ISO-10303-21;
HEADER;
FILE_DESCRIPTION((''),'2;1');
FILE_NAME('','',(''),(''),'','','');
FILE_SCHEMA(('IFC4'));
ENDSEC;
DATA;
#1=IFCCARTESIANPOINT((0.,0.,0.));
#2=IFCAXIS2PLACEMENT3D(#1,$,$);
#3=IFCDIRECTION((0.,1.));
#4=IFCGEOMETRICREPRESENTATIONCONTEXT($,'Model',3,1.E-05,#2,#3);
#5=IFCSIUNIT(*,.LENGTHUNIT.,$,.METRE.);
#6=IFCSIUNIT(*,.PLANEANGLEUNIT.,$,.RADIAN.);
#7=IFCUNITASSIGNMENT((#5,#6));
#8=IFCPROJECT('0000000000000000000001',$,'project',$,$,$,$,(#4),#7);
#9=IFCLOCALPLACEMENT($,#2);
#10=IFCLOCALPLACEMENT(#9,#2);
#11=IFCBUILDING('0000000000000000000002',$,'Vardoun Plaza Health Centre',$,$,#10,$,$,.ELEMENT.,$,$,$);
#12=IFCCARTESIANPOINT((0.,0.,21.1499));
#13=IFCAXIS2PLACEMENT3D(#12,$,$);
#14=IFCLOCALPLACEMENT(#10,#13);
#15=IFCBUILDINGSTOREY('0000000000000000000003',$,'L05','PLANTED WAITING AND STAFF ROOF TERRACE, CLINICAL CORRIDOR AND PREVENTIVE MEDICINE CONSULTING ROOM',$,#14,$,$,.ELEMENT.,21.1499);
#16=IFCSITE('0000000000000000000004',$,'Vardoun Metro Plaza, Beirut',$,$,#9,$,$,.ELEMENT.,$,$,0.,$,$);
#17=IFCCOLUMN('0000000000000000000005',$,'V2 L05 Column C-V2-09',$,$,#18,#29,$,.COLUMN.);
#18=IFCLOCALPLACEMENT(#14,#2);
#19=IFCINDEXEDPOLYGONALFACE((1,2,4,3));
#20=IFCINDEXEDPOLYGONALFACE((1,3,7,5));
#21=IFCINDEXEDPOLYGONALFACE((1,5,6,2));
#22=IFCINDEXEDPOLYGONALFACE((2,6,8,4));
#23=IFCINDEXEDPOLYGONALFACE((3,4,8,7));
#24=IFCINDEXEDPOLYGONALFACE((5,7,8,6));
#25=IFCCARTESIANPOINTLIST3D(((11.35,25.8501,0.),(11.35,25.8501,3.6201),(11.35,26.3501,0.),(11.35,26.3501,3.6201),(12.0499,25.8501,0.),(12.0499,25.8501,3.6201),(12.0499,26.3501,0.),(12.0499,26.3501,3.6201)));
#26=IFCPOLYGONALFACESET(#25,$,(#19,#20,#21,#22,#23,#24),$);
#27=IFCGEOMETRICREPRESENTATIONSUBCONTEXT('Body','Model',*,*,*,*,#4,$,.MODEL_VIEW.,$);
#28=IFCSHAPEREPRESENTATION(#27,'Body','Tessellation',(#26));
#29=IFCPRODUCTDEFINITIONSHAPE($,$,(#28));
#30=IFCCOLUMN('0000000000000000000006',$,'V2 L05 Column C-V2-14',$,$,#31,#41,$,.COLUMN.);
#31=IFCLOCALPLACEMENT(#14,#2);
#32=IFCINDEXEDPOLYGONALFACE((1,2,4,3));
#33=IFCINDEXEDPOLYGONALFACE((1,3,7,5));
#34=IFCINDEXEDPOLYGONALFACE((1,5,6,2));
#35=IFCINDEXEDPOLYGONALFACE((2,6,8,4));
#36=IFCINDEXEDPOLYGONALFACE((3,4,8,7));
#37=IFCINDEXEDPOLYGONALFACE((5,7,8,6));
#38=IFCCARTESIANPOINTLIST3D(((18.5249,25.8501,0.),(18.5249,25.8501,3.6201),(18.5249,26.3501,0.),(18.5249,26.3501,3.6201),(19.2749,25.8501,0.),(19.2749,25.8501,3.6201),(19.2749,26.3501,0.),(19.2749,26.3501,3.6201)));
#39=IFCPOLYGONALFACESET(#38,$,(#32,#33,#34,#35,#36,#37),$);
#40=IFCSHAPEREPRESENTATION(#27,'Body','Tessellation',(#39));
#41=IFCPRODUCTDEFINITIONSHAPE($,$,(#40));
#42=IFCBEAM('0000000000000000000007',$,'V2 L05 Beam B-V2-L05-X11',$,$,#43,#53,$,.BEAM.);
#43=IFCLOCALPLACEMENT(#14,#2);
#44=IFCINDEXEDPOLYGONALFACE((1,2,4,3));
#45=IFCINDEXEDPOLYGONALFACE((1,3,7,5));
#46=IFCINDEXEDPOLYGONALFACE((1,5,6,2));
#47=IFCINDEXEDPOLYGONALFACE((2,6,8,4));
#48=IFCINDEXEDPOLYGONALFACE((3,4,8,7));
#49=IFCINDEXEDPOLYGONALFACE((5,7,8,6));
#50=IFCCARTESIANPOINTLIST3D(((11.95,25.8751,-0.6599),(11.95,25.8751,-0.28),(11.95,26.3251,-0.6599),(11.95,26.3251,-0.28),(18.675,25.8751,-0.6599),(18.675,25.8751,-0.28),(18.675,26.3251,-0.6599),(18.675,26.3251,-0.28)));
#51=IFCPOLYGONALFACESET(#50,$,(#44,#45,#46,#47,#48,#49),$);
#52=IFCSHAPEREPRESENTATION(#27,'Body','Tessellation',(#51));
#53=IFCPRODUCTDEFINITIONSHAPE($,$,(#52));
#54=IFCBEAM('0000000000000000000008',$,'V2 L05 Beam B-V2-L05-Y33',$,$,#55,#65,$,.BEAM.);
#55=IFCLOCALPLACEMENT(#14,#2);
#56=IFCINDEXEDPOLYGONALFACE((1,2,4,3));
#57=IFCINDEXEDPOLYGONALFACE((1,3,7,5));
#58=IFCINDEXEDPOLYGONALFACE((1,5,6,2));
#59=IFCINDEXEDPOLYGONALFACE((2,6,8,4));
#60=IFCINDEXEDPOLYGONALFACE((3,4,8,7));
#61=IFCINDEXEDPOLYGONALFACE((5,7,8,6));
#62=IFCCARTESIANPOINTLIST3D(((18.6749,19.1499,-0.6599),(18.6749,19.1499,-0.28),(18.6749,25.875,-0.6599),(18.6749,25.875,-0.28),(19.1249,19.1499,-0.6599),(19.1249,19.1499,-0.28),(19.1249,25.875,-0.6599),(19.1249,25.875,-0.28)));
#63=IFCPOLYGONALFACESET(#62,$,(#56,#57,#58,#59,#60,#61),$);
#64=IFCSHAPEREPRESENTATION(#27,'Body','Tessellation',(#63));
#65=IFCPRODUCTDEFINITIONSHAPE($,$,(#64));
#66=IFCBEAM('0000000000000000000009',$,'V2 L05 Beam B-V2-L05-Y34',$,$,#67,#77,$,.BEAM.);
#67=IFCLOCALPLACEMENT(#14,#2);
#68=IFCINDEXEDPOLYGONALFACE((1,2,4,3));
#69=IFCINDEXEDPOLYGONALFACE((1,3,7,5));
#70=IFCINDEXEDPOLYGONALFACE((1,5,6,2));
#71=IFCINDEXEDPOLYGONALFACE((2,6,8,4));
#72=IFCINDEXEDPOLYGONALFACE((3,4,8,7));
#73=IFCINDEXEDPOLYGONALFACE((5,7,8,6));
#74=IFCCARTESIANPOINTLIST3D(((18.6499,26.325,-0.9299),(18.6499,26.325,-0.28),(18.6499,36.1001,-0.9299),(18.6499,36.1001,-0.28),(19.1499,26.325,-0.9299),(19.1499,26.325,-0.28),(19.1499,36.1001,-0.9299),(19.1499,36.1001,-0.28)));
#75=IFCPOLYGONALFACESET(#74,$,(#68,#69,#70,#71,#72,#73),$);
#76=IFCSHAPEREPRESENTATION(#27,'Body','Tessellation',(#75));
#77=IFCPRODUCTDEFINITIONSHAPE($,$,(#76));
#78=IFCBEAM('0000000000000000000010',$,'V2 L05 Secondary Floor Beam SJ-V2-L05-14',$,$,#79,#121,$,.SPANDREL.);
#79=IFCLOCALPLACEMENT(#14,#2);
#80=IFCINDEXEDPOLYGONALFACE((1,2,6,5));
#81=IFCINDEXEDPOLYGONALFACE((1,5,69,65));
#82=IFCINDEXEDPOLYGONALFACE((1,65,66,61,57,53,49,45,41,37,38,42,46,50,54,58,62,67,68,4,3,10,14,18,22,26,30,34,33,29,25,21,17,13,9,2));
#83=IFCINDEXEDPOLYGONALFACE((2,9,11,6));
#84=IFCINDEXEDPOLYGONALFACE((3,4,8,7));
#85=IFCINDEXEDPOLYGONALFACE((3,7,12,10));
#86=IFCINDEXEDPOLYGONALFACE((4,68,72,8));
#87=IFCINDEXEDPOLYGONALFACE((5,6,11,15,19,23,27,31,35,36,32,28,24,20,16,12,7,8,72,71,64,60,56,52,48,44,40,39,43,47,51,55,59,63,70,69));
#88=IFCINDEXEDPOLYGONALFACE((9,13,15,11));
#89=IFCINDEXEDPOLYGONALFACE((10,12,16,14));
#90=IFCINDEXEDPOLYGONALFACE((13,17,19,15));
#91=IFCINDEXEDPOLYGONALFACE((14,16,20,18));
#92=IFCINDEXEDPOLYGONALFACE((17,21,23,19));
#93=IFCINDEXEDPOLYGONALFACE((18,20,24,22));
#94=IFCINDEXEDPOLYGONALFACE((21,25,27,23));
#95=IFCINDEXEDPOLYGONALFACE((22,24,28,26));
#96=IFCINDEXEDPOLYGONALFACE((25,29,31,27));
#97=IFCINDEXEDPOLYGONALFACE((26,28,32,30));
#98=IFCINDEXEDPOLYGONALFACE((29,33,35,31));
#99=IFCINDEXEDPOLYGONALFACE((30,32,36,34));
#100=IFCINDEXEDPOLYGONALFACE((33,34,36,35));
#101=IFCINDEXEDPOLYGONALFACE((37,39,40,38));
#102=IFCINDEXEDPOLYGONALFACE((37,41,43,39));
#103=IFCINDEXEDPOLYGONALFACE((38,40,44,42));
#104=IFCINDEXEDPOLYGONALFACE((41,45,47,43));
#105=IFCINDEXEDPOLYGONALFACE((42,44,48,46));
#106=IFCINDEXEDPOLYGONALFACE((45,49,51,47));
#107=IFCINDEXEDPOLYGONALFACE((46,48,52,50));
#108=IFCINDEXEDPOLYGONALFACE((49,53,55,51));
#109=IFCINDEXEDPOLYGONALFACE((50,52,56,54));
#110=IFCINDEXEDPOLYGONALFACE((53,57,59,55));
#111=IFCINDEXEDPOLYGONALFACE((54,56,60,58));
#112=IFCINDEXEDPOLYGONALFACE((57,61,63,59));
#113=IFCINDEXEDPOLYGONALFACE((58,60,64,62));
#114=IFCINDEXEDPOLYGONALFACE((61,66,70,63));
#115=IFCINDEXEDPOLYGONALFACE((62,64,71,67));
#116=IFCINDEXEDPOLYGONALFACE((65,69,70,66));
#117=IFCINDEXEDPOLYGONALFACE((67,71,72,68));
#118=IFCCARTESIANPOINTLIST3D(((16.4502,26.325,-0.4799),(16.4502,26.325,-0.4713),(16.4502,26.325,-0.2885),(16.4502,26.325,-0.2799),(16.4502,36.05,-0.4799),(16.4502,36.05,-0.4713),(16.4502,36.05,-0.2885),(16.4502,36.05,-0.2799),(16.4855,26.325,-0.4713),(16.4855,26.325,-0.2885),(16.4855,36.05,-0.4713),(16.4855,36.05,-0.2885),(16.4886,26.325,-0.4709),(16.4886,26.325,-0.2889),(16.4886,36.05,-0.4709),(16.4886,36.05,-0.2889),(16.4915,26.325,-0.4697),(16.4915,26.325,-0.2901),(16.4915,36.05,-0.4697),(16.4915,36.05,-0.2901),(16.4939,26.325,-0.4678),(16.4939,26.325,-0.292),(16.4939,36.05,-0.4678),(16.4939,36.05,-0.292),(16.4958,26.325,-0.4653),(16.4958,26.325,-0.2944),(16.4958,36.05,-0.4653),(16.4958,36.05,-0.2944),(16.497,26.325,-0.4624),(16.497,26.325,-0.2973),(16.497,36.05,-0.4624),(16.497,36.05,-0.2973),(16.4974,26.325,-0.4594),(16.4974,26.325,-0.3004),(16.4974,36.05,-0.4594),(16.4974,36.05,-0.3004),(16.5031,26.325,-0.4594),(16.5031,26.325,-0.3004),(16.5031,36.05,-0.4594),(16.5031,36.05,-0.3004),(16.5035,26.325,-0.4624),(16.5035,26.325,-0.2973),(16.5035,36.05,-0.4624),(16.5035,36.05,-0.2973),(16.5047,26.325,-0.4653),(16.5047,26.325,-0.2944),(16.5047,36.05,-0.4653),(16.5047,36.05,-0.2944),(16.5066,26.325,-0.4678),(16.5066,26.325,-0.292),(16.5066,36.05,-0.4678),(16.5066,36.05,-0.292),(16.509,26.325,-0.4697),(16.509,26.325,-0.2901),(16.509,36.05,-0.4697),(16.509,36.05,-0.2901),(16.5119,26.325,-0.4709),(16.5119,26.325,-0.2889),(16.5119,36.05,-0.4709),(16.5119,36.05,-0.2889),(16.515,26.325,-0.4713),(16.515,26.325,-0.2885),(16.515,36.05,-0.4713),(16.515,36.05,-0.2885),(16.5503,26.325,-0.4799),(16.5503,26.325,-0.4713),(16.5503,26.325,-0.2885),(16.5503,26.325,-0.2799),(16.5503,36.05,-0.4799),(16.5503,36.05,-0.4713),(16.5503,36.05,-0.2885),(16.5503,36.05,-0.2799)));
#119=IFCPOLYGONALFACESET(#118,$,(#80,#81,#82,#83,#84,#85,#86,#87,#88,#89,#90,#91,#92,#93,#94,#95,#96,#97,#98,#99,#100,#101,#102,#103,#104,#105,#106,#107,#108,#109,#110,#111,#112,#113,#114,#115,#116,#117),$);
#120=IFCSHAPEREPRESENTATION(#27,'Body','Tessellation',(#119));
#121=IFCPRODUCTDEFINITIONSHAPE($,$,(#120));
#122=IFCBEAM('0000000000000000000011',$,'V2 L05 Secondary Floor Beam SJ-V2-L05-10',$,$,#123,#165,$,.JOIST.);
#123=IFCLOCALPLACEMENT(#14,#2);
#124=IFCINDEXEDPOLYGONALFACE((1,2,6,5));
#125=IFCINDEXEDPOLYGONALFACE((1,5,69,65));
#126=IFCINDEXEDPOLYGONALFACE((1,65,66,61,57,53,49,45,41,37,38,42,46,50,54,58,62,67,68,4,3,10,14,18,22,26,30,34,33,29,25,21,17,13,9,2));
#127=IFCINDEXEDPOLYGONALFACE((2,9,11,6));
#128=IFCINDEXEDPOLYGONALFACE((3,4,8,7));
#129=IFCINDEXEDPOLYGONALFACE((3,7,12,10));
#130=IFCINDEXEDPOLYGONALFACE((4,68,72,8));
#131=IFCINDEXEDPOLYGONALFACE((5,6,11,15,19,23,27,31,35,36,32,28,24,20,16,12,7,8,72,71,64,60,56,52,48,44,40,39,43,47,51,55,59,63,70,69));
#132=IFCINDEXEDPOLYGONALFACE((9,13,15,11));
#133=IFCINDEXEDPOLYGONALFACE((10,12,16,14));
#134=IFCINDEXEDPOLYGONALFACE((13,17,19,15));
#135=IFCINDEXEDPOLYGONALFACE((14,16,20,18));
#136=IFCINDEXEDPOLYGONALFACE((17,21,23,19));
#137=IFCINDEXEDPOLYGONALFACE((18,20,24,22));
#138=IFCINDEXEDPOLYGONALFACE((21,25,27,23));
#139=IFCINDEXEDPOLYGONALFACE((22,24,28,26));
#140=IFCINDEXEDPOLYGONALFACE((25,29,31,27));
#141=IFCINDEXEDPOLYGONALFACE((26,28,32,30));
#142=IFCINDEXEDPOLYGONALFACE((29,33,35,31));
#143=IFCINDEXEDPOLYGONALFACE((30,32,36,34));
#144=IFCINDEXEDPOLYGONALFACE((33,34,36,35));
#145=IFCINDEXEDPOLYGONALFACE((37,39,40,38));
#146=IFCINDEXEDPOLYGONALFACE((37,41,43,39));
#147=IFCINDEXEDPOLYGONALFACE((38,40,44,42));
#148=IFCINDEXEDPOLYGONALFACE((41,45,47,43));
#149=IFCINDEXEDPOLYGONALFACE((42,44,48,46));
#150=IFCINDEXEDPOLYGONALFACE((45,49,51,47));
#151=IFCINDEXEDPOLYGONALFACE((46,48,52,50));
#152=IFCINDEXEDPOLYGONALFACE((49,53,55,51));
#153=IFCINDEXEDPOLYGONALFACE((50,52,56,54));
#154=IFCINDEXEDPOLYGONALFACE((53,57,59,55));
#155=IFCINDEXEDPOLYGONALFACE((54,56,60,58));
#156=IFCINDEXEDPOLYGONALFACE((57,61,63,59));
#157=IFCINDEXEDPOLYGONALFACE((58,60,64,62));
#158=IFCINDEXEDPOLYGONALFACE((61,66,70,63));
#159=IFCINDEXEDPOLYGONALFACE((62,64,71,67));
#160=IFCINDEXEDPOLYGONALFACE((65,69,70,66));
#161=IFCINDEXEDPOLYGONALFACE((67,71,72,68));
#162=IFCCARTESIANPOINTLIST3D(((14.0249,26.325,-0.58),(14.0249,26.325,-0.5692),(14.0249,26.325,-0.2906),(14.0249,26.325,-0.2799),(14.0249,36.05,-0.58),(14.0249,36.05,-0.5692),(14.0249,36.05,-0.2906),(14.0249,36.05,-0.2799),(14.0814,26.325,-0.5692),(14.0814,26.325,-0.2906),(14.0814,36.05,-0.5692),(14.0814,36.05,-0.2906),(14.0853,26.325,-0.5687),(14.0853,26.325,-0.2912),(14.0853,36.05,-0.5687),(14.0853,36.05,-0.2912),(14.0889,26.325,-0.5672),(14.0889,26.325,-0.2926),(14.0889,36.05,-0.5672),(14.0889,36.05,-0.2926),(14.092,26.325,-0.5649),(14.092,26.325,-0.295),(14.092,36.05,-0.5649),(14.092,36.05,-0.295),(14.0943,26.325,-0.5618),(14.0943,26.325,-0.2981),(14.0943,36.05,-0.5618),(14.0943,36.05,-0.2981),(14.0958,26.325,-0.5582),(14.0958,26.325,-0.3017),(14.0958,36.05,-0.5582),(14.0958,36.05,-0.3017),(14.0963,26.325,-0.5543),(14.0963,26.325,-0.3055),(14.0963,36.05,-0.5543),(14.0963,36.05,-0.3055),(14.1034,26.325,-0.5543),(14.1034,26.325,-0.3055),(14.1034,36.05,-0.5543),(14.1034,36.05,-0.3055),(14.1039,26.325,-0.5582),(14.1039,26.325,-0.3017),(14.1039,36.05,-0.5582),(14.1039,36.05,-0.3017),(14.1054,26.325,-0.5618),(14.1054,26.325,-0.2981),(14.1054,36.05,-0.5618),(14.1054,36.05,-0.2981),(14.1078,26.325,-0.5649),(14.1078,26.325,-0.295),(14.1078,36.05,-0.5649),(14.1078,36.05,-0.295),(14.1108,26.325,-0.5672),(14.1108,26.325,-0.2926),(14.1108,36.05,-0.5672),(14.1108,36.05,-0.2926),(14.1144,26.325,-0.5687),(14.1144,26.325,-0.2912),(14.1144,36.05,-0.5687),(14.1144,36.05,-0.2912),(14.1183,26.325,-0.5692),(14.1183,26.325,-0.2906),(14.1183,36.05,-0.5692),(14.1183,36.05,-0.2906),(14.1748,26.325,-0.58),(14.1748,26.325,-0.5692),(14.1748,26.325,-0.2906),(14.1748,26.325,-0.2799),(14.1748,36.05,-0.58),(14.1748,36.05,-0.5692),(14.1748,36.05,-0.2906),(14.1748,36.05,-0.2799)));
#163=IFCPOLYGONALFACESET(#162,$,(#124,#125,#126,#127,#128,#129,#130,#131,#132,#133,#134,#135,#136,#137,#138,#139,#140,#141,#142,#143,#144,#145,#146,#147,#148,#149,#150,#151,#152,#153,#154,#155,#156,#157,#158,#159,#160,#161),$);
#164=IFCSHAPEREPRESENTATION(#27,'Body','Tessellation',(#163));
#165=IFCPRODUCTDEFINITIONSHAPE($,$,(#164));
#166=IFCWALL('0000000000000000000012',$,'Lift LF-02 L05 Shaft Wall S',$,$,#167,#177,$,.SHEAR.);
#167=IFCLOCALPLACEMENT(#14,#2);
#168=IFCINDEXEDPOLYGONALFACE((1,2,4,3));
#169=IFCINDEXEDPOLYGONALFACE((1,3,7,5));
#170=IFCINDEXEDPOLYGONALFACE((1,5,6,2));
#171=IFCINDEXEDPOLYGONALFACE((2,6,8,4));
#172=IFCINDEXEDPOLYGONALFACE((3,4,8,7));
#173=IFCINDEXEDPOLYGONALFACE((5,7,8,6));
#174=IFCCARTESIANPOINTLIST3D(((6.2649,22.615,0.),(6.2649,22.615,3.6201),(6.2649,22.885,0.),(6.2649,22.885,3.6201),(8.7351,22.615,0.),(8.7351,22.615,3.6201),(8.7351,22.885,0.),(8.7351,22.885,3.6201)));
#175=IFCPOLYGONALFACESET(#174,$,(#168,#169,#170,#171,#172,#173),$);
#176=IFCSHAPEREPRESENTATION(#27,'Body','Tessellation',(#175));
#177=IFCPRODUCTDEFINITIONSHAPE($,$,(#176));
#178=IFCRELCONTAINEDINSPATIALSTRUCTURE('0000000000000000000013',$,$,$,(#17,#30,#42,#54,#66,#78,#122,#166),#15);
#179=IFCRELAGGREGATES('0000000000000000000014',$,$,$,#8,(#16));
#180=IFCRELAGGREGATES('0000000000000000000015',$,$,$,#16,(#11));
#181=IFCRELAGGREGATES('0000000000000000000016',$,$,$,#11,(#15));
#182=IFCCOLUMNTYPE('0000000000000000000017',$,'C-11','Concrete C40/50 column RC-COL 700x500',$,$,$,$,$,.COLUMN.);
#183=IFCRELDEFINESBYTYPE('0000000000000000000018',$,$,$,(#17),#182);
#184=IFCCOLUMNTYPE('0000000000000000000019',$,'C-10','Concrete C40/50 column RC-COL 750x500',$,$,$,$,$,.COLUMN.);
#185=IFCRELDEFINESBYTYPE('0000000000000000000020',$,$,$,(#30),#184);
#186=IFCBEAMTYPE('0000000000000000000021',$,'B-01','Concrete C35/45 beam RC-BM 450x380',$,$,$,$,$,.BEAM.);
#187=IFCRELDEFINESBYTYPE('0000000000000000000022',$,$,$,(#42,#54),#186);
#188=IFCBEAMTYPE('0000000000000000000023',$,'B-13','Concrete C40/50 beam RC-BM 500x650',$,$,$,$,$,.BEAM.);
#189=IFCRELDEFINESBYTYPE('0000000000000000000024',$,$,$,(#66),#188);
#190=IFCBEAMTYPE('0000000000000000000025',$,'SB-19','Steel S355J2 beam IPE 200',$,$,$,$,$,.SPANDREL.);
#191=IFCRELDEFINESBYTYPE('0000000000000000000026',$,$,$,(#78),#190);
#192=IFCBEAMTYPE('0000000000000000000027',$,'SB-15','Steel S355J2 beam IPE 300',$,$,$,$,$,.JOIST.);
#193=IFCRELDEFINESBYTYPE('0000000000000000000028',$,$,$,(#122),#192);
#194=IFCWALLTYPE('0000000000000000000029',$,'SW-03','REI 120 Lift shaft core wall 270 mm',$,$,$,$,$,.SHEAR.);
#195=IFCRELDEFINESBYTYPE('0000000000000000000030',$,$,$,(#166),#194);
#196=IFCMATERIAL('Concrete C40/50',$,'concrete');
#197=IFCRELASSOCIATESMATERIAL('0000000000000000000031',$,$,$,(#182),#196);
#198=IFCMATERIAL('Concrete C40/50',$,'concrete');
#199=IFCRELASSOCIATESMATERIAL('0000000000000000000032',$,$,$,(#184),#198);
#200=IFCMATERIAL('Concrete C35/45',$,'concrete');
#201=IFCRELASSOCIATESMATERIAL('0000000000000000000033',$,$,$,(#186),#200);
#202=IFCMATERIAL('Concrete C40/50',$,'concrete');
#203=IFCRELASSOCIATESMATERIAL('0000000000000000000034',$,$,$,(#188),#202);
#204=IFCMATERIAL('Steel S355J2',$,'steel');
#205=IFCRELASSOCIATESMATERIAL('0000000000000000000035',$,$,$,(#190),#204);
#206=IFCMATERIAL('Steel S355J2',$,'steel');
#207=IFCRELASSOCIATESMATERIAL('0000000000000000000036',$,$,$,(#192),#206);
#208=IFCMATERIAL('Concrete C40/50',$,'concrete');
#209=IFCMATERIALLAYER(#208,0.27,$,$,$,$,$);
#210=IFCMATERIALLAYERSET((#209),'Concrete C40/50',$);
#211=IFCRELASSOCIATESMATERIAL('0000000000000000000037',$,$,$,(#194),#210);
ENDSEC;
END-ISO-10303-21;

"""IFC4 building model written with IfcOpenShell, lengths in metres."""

from ifc_helpers import new_model, si_unit, direction, frame, frame_2d, origin, origin_2d, place, context, subcontext, project, spatial, rectangle, i_section, extrude, material, layer, layer_set, material_profile, profile_set, type_object, element, save


model = new_model("IFC4")

# Units and contexts
model_context = context("Model", 3, precision=1e-05, world=origin(), true_north=direction((0.0, 1.0)))
body_context = subcontext(model_context, "Body", "Model", "MODEL_VIEW")
ifc_project = project(units=[si_unit("LENGTHUNIT", "METRE"), si_unit("PLANEANGLEUNIT", "RADIAN")], contexts=[model_context])

# Site, building, storey
site_placement = place(None, origin())
site = spatial("IfcSite", under=ifc_project, at=site_placement, Name="Vardoun Metro Plaza, Beirut", CompositionType="ELEMENT", RefElevation=0.0)
building_placement = place(site_placement, origin())
building = spatial("IfcBuilding", under=site, at=building_placement, Name="Vardoun Plaza Health Centre", CompositionType="ELEMENT")
storey_placement = place(building_placement, frame((0.0, 0.0, 21.1499)))
storey = spatial("IfcBuildingStorey", under=building, at=storey_placement, Name="L05", Description="PLANTED WAITING AND STAFF ROOF TERRACE, CLINICAL CORRIDOR AND PREVENTIVE MEDICINE CONSULTING ROOM", CompositionType="ELEMENT", Elevation=21.1499)

# Columns
ifc_material_1 = material(Name="Concrete C40/50", Category="concrete")
ifc_material_profile_1 = material_profile(ifc_material_1, rectangle(XDim=0.7, YDim=0.5, at=origin_2d()), Name="RC-COL 700x500")
ifc_profile_set_1 = profile_set([ifc_material_profile_1], Name="Concrete C40/50")
column_type_1 = type_object("IfcColumnType", Name="C-11", Description="Concrete C40/50 column RC-COL 700x500", PredefinedType="COLUMN", material=ifc_profile_set_1)
column_1_placement = place(storey_placement, frame((11.7, 26.1001, 0.0), z_axis=(0.0, 0.0, 1.0), x_axis=(1.0, 0.0, 0.0)))
element("IfcColumn", 1, at=column_1_placement, inside=storey, type_object=column_type_1, Name="V2 L05 Column C-V2-09", PredefinedType="COLUMN", context=body_context, shape_type="SweptSolid", body=[
    extrude(rectangle(XDim=0.7, YDim=0.5, at=origin_2d()), origin(), (0.0, 0.0, 1.0), 3.6201),
])
ifc_material_2 = material(Name="Concrete C40/50", Category="concrete")
ifc_material_profile_2 = material_profile(ifc_material_2, rectangle(XDim=0.75, YDim=0.5, at=origin_2d()), Name="RC-COL 750x500")
ifc_profile_set_2 = profile_set([ifc_material_profile_2], Name="Concrete C40/50")
column_type_2 = type_object("IfcColumnType", Name="C-10", Description="Concrete C40/50 column RC-COL 750x500", PredefinedType="COLUMN", material=ifc_profile_set_2)
column_2_placement = place(storey_placement, frame((18.8999, 26.1001, 0.0), z_axis=(0.0, 0.0, 1.0), x_axis=(1.0, 0.0, 0.0)))
element("IfcColumn", 2, at=column_2_placement, inside=storey, type_object=column_type_2, Name="V2 L05 Column C-V2-14", PredefinedType="COLUMN", context=body_context, shape_type="SweptSolid", body=[
    extrude(rectangle(XDim=0.75, YDim=0.5, at=origin_2d()), origin(), (0.0, 0.0, 1.0), 3.6201),
])

# Beams
ifc_material_3 = material(Name="Concrete C35/45", Category="concrete")
ifc_material_profile_3 = material_profile(ifc_material_3, rectangle(XDim=0.45, YDim=0.3799, at=origin_2d()), Name="RC-BM 450x380")
ifc_profile_set_3 = profile_set([ifc_material_profile_3], Name="Concrete C35/45")
beam_type_1 = type_object("IfcBeamType", Name="B-01", Description="Concrete C35/45 beam RC-BM 450x380", PredefinedType="BEAM", material=ifc_profile_set_3)
for number, where, z_axis, x_axis, name in (
    (3, (11.95, 26.1001, -0.47), (1.0, 0.0, 0.0), (0.0, 1.0, 0.0), "V2 L05 Beam B-V2-L05-X11"),
    (4, (18.8999, 19.1499, -0.47), (0.0, 1.0, 0.0), (-1.0, 0.0, 0.0), "V2 L05 Beam B-V2-L05-Y33"),
):
    element("IfcBeam", number, at=place(storey_placement, frame(where, z_axis=z_axis, x_axis=x_axis)), inside=storey, type_object=beam_type_1, Name=name, PredefinedType="BEAM", context=body_context, shape_type="SweptSolid", body=[
        extrude(rectangle(XDim=0.45, YDim=0.3799, at=origin_2d()), origin(), (0.0, 0.0, 1.0), 6.7251),
    ])
ifc_material_4 = material(Name="Concrete C40/50", Category="concrete")
ifc_material_profile_4 = material_profile(ifc_material_4, rectangle(XDim=0.5, YDim=0.6499, at=origin_2d()), Name="RC-BM 500x650")
ifc_profile_set_4 = profile_set([ifc_material_profile_4], Name="Concrete C40/50")
beam_type_2 = type_object("IfcBeamType", Name="B-13", Description="Concrete C40/50 beam RC-BM 500x650", PredefinedType="BEAM", material=ifc_profile_set_4)
beam_1_placement = place(storey_placement, frame((18.8999, 26.325, -0.605), z_axis=(0.0, 1.0, 0.0), x_axis=(-1.0, 0.0, 0.0)))
element("IfcBeam", 5, at=beam_1_placement, inside=storey, type_object=beam_type_2, Name="V2 L05 Beam B-V2-L05-Y34", PredefinedType="BEAM", context=body_context, shape_type="SweptSolid", body=[
    extrude(rectangle(XDim=0.5, YDim=0.6499, at=origin_2d()), origin(), (0.0, 0.0, 1.0), 9.7751),
])
ifc_material_5 = material(Name="Steel S355J2", Category="steel")
ifc_material_profile_5 = material_profile(ifc_material_5, i_section(OverallWidth=0.1001, OverallDepth=0.2, WebThickness=0.0056, FlangeThickness=0.0085, FilletRadius=0.012, at=origin_2d()), Name="IPE 200")
ifc_profile_set_5 = profile_set([ifc_material_profile_5], Name="Steel S355J2")
beam_type_3 = type_object("IfcBeamType", Name="SB-19", Description="Steel S355J2 beam IPE 200", PredefinedType="SPANDREL", material=ifc_profile_set_5)
beam_2_placement = place(storey_placement, frame((16.5002, 26.325, -0.3799), z_axis=(0.0, 1.0, 0.0), x_axis=(-1.0, 0.0, 0.0)))
element("IfcBeam", 6, at=beam_2_placement, inside=storey, type_object=beam_type_3, Name="V2 L05 Secondary Floor Beam SJ-V2-L05-14", PredefinedType="SPANDREL", context=body_context, shape_type="SweptSolid", body=[
    extrude(i_section(OverallWidth=0.1001, OverallDepth=0.2, WebThickness=0.0056, FlangeThickness=0.0085, FilletRadius=0.012, at=origin_2d()), origin(), (0.0, 0.0, 1.0), 9.7251),
])
ifc_material_6 = material(Name="Steel S355J2", Category="steel")
ifc_material_profile_6 = material_profile(ifc_material_6, i_section(OverallWidth=0.1499, OverallDepth=0.3, WebThickness=0.0071, FlangeThickness=0.0107, FilletRadius=0.0149, at=origin_2d()), Name="IPE 300")
ifc_profile_set_6 = profile_set([ifc_material_profile_6], Name="Steel S355J2")
beam_type_4 = type_object("IfcBeamType", Name="SB-15", Description="Steel S355J2 beam IPE 300", PredefinedType="JOIST", material=ifc_profile_set_6)
beam_3_placement = place(storey_placement, frame((14.0999, 26.325, -0.4299), z_axis=(0.0, 1.0, 0.0), x_axis=(-1.0, 0.0, 0.0)))
element("IfcBeam", 7, at=beam_3_placement, inside=storey, type_object=beam_type_4, Name="V2 L05 Secondary Floor Beam SJ-V2-L05-10", PredefinedType="JOIST", context=body_context, shape_type="SweptSolid", body=[
    extrude(i_section(OverallWidth=0.1499, OverallDepth=0.3, WebThickness=0.0071, FlangeThickness=0.0107, FilletRadius=0.0149, at=origin_2d()), origin(), (0.0, 0.0, 1.0), 9.7251),
])

# Wall
ifc_material_7 = material(Name="Concrete C40/50", Category="concrete")
ifc_layer_1 = layer(ifc_material_7, 0.27)
ifc_layer_set_1 = layer_set([ifc_layer_1], Name="Concrete C40/50")
wall_type_1 = type_object("IfcWallType", Name="SW-03", Description="REI 120 Lift shaft core wall 270 mm", PredefinedType="SHEAR", material=ifc_layer_set_1)
wall_1_placement = place(storey_placement, frame((8.7351, 22.75, 0.0), z_axis=(0.0, 0.0, 1.0), x_axis=(-1.0, 0.0, 0.0)))
element("IfcWall", 8, at=wall_1_placement, inside=storey, type_object=wall_type_1, Name="Lift LF-02 L05 Shaft Wall S", PredefinedType="SHEAR", context=body_context, shape_type="SweptSolid", body=[
    extrude(rectangle(XDim=2.4702, YDim=0.27, at=frame_2d((1.2351, 0.0))), origin(), (0.0, 0.0, 1.0), 3.6201),
])

save(model, "model.ifc")
